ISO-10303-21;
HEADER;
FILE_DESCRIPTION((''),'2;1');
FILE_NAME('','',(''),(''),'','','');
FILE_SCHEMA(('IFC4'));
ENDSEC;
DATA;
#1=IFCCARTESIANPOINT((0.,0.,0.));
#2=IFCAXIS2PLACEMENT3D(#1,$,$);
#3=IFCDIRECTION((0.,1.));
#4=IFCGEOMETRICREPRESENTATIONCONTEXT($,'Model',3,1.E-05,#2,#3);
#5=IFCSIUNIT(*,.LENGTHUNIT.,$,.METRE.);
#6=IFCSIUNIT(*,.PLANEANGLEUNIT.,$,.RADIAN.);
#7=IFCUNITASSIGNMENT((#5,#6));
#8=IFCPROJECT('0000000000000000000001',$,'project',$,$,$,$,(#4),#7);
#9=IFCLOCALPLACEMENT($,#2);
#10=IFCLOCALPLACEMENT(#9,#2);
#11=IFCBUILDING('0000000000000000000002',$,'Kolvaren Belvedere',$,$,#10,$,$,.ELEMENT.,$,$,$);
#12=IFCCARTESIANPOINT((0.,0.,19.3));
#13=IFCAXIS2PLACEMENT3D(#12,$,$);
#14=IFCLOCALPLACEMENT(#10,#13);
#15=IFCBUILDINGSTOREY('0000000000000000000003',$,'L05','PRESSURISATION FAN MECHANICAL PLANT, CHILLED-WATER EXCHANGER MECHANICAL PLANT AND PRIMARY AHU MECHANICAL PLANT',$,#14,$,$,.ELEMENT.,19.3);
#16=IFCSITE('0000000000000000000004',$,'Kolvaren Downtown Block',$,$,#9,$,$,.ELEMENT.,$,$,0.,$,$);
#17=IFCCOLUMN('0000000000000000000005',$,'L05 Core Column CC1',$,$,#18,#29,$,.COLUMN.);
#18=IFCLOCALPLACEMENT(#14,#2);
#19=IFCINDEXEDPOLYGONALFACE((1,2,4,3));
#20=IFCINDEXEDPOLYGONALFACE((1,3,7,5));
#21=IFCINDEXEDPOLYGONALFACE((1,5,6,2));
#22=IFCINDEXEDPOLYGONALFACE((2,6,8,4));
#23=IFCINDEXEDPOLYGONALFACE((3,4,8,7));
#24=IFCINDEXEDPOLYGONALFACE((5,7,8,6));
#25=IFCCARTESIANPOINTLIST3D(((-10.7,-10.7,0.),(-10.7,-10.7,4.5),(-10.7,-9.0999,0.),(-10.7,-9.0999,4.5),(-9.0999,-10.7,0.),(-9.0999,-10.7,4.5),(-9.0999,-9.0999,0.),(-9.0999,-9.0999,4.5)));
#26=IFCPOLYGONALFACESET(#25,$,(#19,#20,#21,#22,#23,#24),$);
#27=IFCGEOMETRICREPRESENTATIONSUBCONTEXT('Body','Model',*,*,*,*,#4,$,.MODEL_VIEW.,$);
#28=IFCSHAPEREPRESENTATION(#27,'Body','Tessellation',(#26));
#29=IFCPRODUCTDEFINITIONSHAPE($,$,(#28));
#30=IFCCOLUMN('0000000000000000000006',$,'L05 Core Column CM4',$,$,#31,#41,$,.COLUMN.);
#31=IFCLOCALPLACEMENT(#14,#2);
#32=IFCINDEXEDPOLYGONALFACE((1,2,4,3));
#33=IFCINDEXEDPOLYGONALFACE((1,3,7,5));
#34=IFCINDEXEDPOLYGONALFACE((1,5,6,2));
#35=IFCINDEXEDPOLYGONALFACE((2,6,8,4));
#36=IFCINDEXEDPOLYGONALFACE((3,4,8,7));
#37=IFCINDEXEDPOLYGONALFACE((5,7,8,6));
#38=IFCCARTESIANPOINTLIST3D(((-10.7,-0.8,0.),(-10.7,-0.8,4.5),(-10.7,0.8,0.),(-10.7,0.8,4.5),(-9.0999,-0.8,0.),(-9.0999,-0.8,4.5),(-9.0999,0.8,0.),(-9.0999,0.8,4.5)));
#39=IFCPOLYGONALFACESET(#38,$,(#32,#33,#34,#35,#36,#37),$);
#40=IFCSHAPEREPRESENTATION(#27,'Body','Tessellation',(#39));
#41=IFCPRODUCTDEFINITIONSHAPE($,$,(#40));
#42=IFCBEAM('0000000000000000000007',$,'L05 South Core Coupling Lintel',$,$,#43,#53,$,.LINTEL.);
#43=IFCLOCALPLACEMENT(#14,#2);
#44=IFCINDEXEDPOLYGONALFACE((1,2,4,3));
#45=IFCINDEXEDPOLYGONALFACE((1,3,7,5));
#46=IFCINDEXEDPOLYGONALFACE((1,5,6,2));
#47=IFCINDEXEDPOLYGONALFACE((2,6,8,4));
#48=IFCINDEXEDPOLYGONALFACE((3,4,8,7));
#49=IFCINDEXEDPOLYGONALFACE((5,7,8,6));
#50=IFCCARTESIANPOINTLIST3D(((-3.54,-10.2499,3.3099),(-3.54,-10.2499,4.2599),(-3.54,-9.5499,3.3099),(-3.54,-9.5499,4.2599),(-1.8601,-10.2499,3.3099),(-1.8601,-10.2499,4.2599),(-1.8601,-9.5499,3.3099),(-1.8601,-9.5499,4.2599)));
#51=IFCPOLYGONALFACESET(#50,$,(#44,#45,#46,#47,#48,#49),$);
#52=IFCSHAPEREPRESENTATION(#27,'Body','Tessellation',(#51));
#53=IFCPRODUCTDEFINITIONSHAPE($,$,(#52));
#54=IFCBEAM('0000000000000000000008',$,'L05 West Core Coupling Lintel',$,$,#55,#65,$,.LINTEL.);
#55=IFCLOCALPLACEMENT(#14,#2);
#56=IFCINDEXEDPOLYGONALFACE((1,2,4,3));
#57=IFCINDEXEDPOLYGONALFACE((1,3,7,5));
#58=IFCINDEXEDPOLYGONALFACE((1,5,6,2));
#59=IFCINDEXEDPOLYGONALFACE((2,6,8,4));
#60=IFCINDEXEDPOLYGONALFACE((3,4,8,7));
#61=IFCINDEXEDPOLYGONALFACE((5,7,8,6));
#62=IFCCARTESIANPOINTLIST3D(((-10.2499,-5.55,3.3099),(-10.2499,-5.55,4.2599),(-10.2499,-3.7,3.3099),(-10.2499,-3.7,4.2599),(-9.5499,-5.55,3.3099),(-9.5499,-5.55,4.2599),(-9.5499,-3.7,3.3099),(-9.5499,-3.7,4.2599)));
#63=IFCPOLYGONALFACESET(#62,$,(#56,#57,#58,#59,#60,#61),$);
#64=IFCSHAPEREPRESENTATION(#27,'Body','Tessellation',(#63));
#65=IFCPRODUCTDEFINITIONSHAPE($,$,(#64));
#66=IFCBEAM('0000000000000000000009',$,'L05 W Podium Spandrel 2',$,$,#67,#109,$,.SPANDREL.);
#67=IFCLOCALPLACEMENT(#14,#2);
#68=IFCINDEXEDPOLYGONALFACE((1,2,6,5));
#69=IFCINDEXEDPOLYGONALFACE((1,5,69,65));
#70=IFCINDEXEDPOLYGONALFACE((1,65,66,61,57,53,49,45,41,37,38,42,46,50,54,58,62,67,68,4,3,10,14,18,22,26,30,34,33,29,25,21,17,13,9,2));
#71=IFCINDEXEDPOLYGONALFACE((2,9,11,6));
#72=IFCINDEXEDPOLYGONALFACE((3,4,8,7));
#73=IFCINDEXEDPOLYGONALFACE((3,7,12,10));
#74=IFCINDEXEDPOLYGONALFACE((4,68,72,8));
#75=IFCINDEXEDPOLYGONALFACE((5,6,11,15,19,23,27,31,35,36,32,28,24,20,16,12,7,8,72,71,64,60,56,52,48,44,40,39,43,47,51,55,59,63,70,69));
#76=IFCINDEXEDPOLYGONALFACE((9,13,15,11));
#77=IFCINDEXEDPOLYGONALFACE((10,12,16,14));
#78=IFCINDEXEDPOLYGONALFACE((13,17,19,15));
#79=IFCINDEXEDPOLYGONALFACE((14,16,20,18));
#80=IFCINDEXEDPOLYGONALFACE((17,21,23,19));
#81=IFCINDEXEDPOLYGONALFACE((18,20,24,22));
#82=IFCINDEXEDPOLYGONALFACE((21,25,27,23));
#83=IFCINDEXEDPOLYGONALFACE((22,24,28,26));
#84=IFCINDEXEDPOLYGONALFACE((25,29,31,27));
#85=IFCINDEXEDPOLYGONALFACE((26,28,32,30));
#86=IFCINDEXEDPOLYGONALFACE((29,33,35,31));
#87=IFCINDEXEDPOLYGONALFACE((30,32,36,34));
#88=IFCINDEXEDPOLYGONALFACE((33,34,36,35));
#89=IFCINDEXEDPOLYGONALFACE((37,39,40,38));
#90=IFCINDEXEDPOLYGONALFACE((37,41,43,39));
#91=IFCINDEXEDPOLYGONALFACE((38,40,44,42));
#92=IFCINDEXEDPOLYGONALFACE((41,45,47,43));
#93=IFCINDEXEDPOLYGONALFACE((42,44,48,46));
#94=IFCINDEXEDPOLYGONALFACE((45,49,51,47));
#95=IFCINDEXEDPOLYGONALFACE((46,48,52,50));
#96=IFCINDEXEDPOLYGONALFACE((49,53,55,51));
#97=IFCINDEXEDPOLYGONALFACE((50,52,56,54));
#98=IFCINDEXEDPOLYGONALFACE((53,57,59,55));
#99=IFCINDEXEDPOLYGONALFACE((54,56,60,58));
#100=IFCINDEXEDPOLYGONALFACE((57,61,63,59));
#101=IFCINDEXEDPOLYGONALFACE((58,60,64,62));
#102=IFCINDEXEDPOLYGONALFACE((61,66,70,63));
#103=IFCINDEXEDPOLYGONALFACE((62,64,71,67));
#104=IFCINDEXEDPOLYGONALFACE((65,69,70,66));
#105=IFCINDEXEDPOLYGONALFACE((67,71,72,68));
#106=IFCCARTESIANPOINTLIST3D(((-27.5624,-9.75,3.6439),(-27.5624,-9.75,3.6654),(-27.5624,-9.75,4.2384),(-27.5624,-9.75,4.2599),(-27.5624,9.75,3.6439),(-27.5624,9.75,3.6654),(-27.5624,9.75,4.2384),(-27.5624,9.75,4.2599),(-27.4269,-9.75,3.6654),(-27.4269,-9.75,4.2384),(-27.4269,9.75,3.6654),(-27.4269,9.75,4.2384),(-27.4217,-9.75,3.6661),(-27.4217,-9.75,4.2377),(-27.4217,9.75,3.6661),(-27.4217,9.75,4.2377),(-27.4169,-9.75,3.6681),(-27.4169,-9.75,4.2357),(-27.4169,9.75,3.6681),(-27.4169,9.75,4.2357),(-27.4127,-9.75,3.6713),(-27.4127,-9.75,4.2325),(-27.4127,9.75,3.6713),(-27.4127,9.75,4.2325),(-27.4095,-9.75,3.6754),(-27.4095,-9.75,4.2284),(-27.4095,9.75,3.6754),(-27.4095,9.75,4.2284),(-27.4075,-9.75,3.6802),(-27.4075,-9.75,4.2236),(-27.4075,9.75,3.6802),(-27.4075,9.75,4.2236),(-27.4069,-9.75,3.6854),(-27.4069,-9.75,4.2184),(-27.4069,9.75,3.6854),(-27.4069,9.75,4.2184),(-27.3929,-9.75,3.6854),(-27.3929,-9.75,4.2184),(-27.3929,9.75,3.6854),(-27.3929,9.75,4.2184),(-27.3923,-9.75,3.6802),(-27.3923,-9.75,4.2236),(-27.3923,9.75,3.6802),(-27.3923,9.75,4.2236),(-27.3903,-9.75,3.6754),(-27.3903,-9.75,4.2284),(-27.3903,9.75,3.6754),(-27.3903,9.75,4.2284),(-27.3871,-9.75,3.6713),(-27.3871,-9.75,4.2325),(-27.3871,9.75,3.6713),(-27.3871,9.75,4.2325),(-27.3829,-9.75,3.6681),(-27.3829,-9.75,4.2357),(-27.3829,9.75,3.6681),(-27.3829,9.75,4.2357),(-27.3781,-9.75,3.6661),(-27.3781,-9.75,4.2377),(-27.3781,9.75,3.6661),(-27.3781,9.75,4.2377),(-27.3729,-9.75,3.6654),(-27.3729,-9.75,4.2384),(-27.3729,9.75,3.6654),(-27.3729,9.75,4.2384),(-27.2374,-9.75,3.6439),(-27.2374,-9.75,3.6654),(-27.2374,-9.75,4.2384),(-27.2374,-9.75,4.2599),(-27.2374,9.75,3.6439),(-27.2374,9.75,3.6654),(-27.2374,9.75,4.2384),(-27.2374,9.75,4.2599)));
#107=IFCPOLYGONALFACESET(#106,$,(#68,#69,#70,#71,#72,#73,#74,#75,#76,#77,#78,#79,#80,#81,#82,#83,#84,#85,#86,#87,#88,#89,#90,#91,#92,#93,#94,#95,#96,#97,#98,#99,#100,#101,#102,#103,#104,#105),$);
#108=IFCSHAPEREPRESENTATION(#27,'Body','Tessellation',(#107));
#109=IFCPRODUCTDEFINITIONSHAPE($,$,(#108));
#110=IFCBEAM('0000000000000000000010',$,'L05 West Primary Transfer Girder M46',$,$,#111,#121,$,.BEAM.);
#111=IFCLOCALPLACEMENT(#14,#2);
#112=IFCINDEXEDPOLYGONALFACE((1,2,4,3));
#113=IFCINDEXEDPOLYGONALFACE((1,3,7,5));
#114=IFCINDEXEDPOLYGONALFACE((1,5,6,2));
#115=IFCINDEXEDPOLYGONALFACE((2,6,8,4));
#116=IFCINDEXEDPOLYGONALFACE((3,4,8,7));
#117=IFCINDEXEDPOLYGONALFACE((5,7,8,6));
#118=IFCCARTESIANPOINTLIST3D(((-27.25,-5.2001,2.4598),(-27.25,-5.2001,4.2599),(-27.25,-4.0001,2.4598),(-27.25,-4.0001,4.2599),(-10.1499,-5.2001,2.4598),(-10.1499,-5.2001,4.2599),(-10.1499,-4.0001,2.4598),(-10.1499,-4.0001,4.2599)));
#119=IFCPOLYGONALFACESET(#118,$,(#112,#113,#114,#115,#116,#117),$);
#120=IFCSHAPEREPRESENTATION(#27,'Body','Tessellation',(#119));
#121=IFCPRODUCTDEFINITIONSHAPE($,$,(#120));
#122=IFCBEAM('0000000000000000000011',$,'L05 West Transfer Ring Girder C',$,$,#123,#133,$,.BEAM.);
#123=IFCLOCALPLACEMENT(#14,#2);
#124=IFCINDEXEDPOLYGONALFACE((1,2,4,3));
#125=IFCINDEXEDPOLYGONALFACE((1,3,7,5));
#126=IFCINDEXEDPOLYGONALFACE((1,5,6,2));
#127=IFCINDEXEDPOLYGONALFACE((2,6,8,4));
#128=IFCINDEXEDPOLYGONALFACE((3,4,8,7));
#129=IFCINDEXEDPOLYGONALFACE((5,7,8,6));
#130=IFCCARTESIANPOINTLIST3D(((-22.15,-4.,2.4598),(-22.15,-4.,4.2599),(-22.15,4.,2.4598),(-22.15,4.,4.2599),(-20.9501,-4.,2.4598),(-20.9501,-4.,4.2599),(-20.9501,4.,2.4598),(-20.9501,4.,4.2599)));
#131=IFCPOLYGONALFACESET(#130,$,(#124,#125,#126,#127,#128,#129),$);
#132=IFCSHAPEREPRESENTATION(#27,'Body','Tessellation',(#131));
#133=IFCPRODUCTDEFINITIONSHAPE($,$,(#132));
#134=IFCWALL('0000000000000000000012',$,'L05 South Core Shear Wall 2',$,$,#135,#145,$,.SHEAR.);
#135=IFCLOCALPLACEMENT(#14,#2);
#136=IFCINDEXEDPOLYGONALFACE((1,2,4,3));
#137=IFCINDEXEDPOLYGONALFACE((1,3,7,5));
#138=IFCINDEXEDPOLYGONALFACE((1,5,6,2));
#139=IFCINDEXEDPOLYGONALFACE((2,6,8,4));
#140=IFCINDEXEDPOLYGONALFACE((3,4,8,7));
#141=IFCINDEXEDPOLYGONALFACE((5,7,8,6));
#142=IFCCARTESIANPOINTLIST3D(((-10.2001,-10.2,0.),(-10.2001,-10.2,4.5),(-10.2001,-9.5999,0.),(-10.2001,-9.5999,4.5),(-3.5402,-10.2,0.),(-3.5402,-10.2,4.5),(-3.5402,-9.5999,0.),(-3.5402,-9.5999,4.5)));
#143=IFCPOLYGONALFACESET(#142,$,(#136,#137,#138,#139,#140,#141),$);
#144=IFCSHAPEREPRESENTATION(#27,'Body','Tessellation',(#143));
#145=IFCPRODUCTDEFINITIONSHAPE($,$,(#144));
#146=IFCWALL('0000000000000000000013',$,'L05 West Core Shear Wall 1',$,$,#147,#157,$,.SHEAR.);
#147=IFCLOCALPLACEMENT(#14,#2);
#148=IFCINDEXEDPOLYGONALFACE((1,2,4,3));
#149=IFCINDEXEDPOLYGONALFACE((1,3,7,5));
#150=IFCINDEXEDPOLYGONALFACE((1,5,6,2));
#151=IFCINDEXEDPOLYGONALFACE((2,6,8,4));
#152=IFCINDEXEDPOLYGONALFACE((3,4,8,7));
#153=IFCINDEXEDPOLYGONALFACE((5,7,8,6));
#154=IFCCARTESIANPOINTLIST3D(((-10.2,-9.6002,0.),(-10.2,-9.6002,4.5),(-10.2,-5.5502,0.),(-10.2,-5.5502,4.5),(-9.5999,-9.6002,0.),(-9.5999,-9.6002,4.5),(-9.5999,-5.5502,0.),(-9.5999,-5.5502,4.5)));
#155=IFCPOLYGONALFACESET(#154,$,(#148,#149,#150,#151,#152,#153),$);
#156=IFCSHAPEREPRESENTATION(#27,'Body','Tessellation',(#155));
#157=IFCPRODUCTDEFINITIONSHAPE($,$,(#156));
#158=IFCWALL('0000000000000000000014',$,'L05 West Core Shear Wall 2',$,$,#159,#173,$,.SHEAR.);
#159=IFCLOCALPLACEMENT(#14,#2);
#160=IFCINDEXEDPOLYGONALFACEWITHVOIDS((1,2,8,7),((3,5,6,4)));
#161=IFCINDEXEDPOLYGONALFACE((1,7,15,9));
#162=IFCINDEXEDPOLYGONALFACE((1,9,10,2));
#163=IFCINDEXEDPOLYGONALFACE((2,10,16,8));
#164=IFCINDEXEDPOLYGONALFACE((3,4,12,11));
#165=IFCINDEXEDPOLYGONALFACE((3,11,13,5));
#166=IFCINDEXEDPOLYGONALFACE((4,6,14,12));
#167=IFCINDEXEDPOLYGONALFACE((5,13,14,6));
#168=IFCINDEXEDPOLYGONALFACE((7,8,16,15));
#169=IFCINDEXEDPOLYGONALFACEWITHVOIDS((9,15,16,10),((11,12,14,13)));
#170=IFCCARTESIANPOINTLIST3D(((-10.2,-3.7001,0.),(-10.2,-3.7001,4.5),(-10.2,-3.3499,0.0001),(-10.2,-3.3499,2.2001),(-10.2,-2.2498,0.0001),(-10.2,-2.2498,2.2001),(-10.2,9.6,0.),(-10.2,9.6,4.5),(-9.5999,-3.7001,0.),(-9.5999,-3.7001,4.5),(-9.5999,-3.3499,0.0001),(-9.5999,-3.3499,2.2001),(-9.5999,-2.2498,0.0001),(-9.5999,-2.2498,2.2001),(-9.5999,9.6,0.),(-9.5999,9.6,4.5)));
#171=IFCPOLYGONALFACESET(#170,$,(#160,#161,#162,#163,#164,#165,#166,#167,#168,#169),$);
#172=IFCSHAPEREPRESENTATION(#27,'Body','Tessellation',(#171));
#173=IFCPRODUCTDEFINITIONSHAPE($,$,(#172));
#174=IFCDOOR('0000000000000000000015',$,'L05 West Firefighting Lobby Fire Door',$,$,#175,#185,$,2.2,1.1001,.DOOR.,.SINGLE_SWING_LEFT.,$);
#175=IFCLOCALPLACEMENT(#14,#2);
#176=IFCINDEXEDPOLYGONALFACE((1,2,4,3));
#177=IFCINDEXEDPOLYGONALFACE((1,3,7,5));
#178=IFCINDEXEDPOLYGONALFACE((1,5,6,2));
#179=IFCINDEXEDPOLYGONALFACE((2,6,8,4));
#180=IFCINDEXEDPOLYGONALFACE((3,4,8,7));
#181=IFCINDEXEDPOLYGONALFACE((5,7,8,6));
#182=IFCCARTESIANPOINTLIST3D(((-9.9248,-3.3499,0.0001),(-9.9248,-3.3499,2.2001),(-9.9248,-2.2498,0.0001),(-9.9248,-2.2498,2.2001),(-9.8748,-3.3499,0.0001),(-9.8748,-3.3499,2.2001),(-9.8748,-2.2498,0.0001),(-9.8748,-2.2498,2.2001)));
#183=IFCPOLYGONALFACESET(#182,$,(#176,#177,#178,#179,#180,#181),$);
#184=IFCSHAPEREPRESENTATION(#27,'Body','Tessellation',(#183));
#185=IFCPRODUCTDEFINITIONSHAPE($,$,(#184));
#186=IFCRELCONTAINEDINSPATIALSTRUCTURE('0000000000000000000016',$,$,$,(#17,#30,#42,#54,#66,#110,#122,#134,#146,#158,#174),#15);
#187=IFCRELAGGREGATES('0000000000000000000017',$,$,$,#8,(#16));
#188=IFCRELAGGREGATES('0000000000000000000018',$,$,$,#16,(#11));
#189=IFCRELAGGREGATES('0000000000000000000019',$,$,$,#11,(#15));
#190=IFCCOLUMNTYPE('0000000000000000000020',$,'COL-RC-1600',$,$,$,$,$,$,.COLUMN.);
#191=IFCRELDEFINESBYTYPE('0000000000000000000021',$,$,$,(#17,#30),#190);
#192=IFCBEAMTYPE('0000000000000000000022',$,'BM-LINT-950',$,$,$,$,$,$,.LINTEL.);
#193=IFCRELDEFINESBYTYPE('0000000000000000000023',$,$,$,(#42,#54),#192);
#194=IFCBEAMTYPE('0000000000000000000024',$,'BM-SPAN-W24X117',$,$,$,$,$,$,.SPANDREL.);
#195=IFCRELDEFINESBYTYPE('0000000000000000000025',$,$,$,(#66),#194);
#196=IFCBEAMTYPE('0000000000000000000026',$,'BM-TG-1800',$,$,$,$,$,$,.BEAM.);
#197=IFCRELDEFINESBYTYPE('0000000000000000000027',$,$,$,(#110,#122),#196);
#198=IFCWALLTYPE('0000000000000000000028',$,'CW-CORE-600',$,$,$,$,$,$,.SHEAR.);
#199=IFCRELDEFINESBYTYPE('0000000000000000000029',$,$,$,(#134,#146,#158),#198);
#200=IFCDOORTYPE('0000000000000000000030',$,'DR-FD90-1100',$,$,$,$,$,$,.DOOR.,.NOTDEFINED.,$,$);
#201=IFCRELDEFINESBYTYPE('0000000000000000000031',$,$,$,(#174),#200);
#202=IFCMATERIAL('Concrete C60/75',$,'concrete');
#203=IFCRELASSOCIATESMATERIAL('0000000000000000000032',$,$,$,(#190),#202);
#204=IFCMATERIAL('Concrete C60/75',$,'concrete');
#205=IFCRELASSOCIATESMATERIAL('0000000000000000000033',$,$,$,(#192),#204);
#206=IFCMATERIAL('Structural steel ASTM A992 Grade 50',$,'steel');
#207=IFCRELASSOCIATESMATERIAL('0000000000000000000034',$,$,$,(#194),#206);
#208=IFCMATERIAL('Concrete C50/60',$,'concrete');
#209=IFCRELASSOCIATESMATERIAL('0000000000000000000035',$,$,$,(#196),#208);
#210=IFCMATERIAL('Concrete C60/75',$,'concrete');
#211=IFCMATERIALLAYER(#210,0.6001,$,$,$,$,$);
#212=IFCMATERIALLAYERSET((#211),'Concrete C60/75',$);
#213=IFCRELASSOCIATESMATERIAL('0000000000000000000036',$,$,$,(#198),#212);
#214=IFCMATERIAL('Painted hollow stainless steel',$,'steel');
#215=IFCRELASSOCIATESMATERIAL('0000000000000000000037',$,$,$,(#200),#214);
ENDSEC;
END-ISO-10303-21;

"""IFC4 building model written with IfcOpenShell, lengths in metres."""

from ifc_helpers import new_model, si_unit, direction, frame, frame_2d, origin, origin_2d, place, context, subcontext, project, spatial, rectangle, i_section, extrude, material, layer, layer_set, material_profile, profile_set, type_object, element, fill, save


model = new_model("IFC4")

# Units and contexts
model_context = context("Model", 3, precision=1e-05, world=origin(), true_north=direction((0.0, 1.0)))
body_context = subcontext(model_context, "Body", "Model", "MODEL_VIEW")
ifc_project = project(units=[si_unit("LENGTHUNIT", "METRE"), si_unit("PLANEANGLEUNIT", "RADIAN")], contexts=[model_context])

# Site, building, storey
site_placement = place(None, origin())
site = spatial("IfcSite", under=ifc_project, at=site_placement, Name="Kolvaren Downtown Block", CompositionType="ELEMENT", RefElevation=0.0)
building_placement = place(site_placement, origin())
building = spatial("IfcBuilding", under=site, at=building_placement, Name="Kolvaren Belvedere", CompositionType="ELEMENT")
storey_placement = place(building_placement, frame((0.0, 0.0, 19.3)))
storey = spatial("IfcBuildingStorey", under=building, at=storey_placement, Name="L05", Description="PRESSURISATION FAN MECHANICAL PLANT, CHILLED-WATER EXCHANGER MECHANICAL PLANT AND PRIMARY AHU MECHANICAL PLANT", CompositionType="ELEMENT", Elevation=19.3)

# Columns
ifc_material_1 = material(Name="Concrete C60/75", Category="concrete")
ifc_material_profile_1 = material_profile(ifc_material_1, rectangle(XDim=1.6001, YDim=1.6001, at=origin_2d()), Name="RC 1600X1600")
ifc_profile_set_1 = profile_set([ifc_material_profile_1], Name="Concrete C60/75")
column_type = type_object("IfcColumnType", Name="COL-RC-1600", PredefinedType="COLUMN", material=ifc_profile_set_1)
for number, where, z_axis, x_axis, name in (
    (1, (-9.8999, -9.8999, 0.0), (0.0, 0.0, 1.0), (1.0, 0.0, 0.0), "L05 Core Column CC1"),
    (2, (-9.8999, 0.0, 0.0), (0.0, 0.0, 1.0), (1.0, 0.0, 0.0), "L05 Core Column CM4"),
):
    element("IfcColumn", number, at=place(storey_placement, frame(where, z_axis=z_axis, x_axis=x_axis)), inside=storey, type_object=column_type, Name=name, PredefinedType="COLUMN", context=body_context, shape_type="SweptSolid", body=[
        extrude(rectangle(XDim=1.6001, YDim=1.6001, at=origin_2d()), origin(), (0.0, 0.0, 1.0), 4.5),
    ])

# Beams
ifc_material_2 = material(Name="Concrete C60/75", Category="concrete")
ifc_material_profile_2 = material_profile(ifc_material_2, rectangle(XDim=0.7, YDim=0.95, at=origin_2d()), Name="RC 700X950")
ifc_profile_set_2 = profile_set([ifc_material_profile_2], Name="Concrete C60/75")
beam_type_1 = type_object("IfcBeamType", Name="BM-LINT-950", PredefinedType="LINTEL", material=ifc_profile_set_2)
beam_1_placement = place(storey_placement, frame((-3.54, -9.8999, 3.7849), z_axis=(1.0, 0.0, 0.0), x_axis=(0.0, 1.0, 0.0)))
element("IfcBeam", 3, at=beam_1_placement, inside=storey, type_object=beam_type_1, Name="L05 South Core Coupling Lintel", PredefinedType="LINTEL", context=body_context, shape_type="SweptSolid", body=[
    extrude(rectangle(XDim=0.7, YDim=0.95, at=origin_2d()), origin(), (0.0, 0.0, 1.0), 1.6799),
])
beam_2_placement = place(storey_placement, frame((-9.8999, -5.55, 3.7849), z_axis=(0.0, 1.0, 0.0), x_axis=(-1.0, 0.0, 0.0)))
element("IfcBeam", 4, at=beam_2_placement, inside=storey, type_object=beam_type_1, Name="L05 West Core Coupling Lintel", PredefinedType="LINTEL", context=body_context, shape_type="SweptSolid", body=[
    extrude(rectangle(XDim=0.7, YDim=0.95, at=origin_2d()), origin(), (0.0, 0.0, 1.0), 1.8501),
])
ifc_material_3 = material(Name="Structural steel ASTM A992 Grade 50", Category="steel")
ifc_material_profile_3 = material_profile(ifc_material_3, i_section(OverallWidth=0.325, OverallDepth=0.616, WebThickness=0.0139, FlangeThickness=0.0215, FilletRadius=0.02, at=origin_2d()), Name="W24X117")
ifc_profile_set_3 = profile_set([ifc_material_profile_3], Name="Structural steel ASTM A992 Grade 50")
beam_type_2 = type_object("IfcBeamType", Name="BM-SPAN-W24X117", PredefinedType="SPANDREL", material=ifc_profile_set_3)
beam_3_placement = place(storey_placement, frame((-27.3999, -9.75, 3.9519), z_axis=(0.0, 1.0, 0.0), x_axis=(-1.0, 0.0, 0.0)))
element("IfcBeam", 5, at=beam_3_placement, inside=storey, type_object=beam_type_2, Name="L05 W Podium Spandrel 2", PredefinedType="SPANDREL", context=body_context, shape_type="SweptSolid", body=[
    extrude(i_section(OverallWidth=0.325, OverallDepth=0.616, WebThickness=0.0139, FlangeThickness=0.0215, FilletRadius=0.02, at=origin_2d()), origin(), (0.0, 0.0, 1.0), 19.5),
])
ifc_material_4 = material(Name="Concrete C50/60", Category="concrete")
ifc_material_profile_4 = material_profile(ifc_material_4, rectangle(XDim=1.2, YDim=1.8, at=origin_2d()), Name="RC 1200X1800")
ifc_profile_set_4 = profile_set([ifc_material_profile_4], Name="Concrete C50/60")
beam_type_3 = type_object("IfcBeamType", Name="BM-TG-1800", PredefinedType="BEAM", material=ifc_profile_set_4)
beam_4_placement = place(storey_placement, frame((-10.1499, -4.6001, 3.3599), z_axis=(-1.0, 0.0, 0.0), x_axis=(0.0, -1.0, 0.0)))
element("IfcBeam", 6, at=beam_4_placement, inside=storey, type_object=beam_type_3, Name="L05 West Primary Transfer Girder M46", PredefinedType="BEAM", context=body_context, shape_type="SweptSolid", body=[
    extrude(rectangle(XDim=1.2, YDim=1.8, at=origin_2d()), origin(), (0.0, 0.0, 1.0), 17.1001),
])
beam_5_placement = place(storey_placement, frame((-21.55, -4.0, 3.3599), z_axis=(0.0, 1.0, 0.0), x_axis=(-1.0, 0.0, 0.0)))
element("IfcBeam", 7, at=beam_5_placement, inside=storey, type_object=beam_type_3, Name="L05 West Transfer Ring Girder C", PredefinedType="BEAM", context=body_context, shape_type="SweptSolid", body=[
    extrude(rectangle(XDim=1.2, YDim=1.8, at=origin_2d()), origin(), (0.0, 0.0, 1.0), 8.0),
])

# Walls
ifc_material_5 = material(Name="Concrete C60/75", Category="concrete")
ifc_layer_1 = layer(ifc_material_5, 0.6001)
ifc_layer_set_1 = layer_set([ifc_layer_1], Name="Concrete C60/75")
wall_type_1 = type_object("IfcWallType", Name="CW-CORE-600", PredefinedType="SHEAR", material=ifc_layer_set_1)
wall_1_placement = place(storey_placement, frame((-3.54, -9.8999, 0.0), z_axis=(0.0, 0.0, 1.0), x_axis=(-1.0, 0.0, 0.0)))
element("IfcWall", 8, at=wall_1_placement, inside=storey, type_object=wall_type_1, Name="L05 South Core Shear Wall 2", PredefinedType="SHEAR", context=body_context, shape_type="SweptSolid", body=[
    extrude(rectangle(XDim=6.6599, YDim=0.6001, at=frame_2d((3.3301, 0.0))), origin(), (0.0, 0.0, 1.0), 4.5),
])
wall_2_placement = place(storey_placement, frame((-9.8999, -9.6001, 0.0), z_axis=(0.0, 0.0, 1.0), x_axis=(0.0, 1.0, 0.0)))
element("IfcWall", 9, at=wall_2_placement, inside=storey, type_object=wall_type_1, Name="L05 West Core Shear Wall 1", PredefinedType="SHEAR", context=body_context, shape_type="SweptSolid", body=[
    extrude(rectangle(XDim=4.05, YDim=0.6001, at=frame_2d((2.0249, 0.0))), origin(), (0.0, 0.0, 1.0), 4.5),
])

# Wall, opening, door
wall_3_placement = place(storey_placement, frame((-9.8999, -3.7, 0.0), z_axis=(0.0, 0.0, 1.0), x_axis=(0.0, 1.0, 0.0)))
wall_3 = element("IfcWall", 10, at=wall_3_placement, inside=storey, type_object=wall_type_1, Name="L05 West Core Shear Wall 2", PredefinedType="SHEAR", context=body_context, shape_type="SweptSolid", body=[
    extrude(rectangle(XDim=13.3, YDim=0.6001, at=frame_2d((6.6499, 0.0))), origin(), (0.0, 0.0, 1.0), 4.5),
])
opening_1_placement = place(wall_3_placement, frame((0.3501, 0.0, 0.0)))
opening_1 = element("IfcOpeningElement", 11, at=opening_1_placement, cuts=wall_3, PredefinedType="OPENING", context=body_context, shape_type="SweptSolid", body=[
    extrude(rectangle(XDim=1.1001, YDim=2.2, at=frame_2d((0.55, 1.1001))), frame((0.0, 0.3101, 0.0), z_axis=(0.0, -1.0, 0.0), x_axis=(1.0, 0.0, 0.0)), (0.0, 0.0, 1.0), 0.6201),
])
ifc_material_6 = material(Name="Painted hollow stainless steel", Category="steel")
door_type_1 = type_object("IfcDoorType", Name="DR-FD90-1100", OperationType="NOTDEFINED", PredefinedType="DOOR", material=ifc_material_6)
door_1_placement = place(opening_1_placement, origin())
door_1 = element("IfcDoor", 12, at=door_1_placement, inside=storey, type_object=door_type_1, Name="L05 West Firefighting Lobby Fire Door", OperationType="SINGLE_SWING_LEFT", OverallHeight=2.2, OverallWidth=1.1001, PredefinedType="DOOR", context=body_context, shape_type="SweptSolid", body=[
    extrude(rectangle(XDim=1.1001, YDim=2.2, at=frame_2d((0.55, 1.1001))), frame((0.0, 0.0249, 0.0), z_axis=(0.0, -1.0, 0.0), x_axis=(1.0, 0.0, 0.0)), (0.0, 0.0, 1.0), 0.05),
])
fill(opening_1, door_1)

save(model, "model.ifc")
